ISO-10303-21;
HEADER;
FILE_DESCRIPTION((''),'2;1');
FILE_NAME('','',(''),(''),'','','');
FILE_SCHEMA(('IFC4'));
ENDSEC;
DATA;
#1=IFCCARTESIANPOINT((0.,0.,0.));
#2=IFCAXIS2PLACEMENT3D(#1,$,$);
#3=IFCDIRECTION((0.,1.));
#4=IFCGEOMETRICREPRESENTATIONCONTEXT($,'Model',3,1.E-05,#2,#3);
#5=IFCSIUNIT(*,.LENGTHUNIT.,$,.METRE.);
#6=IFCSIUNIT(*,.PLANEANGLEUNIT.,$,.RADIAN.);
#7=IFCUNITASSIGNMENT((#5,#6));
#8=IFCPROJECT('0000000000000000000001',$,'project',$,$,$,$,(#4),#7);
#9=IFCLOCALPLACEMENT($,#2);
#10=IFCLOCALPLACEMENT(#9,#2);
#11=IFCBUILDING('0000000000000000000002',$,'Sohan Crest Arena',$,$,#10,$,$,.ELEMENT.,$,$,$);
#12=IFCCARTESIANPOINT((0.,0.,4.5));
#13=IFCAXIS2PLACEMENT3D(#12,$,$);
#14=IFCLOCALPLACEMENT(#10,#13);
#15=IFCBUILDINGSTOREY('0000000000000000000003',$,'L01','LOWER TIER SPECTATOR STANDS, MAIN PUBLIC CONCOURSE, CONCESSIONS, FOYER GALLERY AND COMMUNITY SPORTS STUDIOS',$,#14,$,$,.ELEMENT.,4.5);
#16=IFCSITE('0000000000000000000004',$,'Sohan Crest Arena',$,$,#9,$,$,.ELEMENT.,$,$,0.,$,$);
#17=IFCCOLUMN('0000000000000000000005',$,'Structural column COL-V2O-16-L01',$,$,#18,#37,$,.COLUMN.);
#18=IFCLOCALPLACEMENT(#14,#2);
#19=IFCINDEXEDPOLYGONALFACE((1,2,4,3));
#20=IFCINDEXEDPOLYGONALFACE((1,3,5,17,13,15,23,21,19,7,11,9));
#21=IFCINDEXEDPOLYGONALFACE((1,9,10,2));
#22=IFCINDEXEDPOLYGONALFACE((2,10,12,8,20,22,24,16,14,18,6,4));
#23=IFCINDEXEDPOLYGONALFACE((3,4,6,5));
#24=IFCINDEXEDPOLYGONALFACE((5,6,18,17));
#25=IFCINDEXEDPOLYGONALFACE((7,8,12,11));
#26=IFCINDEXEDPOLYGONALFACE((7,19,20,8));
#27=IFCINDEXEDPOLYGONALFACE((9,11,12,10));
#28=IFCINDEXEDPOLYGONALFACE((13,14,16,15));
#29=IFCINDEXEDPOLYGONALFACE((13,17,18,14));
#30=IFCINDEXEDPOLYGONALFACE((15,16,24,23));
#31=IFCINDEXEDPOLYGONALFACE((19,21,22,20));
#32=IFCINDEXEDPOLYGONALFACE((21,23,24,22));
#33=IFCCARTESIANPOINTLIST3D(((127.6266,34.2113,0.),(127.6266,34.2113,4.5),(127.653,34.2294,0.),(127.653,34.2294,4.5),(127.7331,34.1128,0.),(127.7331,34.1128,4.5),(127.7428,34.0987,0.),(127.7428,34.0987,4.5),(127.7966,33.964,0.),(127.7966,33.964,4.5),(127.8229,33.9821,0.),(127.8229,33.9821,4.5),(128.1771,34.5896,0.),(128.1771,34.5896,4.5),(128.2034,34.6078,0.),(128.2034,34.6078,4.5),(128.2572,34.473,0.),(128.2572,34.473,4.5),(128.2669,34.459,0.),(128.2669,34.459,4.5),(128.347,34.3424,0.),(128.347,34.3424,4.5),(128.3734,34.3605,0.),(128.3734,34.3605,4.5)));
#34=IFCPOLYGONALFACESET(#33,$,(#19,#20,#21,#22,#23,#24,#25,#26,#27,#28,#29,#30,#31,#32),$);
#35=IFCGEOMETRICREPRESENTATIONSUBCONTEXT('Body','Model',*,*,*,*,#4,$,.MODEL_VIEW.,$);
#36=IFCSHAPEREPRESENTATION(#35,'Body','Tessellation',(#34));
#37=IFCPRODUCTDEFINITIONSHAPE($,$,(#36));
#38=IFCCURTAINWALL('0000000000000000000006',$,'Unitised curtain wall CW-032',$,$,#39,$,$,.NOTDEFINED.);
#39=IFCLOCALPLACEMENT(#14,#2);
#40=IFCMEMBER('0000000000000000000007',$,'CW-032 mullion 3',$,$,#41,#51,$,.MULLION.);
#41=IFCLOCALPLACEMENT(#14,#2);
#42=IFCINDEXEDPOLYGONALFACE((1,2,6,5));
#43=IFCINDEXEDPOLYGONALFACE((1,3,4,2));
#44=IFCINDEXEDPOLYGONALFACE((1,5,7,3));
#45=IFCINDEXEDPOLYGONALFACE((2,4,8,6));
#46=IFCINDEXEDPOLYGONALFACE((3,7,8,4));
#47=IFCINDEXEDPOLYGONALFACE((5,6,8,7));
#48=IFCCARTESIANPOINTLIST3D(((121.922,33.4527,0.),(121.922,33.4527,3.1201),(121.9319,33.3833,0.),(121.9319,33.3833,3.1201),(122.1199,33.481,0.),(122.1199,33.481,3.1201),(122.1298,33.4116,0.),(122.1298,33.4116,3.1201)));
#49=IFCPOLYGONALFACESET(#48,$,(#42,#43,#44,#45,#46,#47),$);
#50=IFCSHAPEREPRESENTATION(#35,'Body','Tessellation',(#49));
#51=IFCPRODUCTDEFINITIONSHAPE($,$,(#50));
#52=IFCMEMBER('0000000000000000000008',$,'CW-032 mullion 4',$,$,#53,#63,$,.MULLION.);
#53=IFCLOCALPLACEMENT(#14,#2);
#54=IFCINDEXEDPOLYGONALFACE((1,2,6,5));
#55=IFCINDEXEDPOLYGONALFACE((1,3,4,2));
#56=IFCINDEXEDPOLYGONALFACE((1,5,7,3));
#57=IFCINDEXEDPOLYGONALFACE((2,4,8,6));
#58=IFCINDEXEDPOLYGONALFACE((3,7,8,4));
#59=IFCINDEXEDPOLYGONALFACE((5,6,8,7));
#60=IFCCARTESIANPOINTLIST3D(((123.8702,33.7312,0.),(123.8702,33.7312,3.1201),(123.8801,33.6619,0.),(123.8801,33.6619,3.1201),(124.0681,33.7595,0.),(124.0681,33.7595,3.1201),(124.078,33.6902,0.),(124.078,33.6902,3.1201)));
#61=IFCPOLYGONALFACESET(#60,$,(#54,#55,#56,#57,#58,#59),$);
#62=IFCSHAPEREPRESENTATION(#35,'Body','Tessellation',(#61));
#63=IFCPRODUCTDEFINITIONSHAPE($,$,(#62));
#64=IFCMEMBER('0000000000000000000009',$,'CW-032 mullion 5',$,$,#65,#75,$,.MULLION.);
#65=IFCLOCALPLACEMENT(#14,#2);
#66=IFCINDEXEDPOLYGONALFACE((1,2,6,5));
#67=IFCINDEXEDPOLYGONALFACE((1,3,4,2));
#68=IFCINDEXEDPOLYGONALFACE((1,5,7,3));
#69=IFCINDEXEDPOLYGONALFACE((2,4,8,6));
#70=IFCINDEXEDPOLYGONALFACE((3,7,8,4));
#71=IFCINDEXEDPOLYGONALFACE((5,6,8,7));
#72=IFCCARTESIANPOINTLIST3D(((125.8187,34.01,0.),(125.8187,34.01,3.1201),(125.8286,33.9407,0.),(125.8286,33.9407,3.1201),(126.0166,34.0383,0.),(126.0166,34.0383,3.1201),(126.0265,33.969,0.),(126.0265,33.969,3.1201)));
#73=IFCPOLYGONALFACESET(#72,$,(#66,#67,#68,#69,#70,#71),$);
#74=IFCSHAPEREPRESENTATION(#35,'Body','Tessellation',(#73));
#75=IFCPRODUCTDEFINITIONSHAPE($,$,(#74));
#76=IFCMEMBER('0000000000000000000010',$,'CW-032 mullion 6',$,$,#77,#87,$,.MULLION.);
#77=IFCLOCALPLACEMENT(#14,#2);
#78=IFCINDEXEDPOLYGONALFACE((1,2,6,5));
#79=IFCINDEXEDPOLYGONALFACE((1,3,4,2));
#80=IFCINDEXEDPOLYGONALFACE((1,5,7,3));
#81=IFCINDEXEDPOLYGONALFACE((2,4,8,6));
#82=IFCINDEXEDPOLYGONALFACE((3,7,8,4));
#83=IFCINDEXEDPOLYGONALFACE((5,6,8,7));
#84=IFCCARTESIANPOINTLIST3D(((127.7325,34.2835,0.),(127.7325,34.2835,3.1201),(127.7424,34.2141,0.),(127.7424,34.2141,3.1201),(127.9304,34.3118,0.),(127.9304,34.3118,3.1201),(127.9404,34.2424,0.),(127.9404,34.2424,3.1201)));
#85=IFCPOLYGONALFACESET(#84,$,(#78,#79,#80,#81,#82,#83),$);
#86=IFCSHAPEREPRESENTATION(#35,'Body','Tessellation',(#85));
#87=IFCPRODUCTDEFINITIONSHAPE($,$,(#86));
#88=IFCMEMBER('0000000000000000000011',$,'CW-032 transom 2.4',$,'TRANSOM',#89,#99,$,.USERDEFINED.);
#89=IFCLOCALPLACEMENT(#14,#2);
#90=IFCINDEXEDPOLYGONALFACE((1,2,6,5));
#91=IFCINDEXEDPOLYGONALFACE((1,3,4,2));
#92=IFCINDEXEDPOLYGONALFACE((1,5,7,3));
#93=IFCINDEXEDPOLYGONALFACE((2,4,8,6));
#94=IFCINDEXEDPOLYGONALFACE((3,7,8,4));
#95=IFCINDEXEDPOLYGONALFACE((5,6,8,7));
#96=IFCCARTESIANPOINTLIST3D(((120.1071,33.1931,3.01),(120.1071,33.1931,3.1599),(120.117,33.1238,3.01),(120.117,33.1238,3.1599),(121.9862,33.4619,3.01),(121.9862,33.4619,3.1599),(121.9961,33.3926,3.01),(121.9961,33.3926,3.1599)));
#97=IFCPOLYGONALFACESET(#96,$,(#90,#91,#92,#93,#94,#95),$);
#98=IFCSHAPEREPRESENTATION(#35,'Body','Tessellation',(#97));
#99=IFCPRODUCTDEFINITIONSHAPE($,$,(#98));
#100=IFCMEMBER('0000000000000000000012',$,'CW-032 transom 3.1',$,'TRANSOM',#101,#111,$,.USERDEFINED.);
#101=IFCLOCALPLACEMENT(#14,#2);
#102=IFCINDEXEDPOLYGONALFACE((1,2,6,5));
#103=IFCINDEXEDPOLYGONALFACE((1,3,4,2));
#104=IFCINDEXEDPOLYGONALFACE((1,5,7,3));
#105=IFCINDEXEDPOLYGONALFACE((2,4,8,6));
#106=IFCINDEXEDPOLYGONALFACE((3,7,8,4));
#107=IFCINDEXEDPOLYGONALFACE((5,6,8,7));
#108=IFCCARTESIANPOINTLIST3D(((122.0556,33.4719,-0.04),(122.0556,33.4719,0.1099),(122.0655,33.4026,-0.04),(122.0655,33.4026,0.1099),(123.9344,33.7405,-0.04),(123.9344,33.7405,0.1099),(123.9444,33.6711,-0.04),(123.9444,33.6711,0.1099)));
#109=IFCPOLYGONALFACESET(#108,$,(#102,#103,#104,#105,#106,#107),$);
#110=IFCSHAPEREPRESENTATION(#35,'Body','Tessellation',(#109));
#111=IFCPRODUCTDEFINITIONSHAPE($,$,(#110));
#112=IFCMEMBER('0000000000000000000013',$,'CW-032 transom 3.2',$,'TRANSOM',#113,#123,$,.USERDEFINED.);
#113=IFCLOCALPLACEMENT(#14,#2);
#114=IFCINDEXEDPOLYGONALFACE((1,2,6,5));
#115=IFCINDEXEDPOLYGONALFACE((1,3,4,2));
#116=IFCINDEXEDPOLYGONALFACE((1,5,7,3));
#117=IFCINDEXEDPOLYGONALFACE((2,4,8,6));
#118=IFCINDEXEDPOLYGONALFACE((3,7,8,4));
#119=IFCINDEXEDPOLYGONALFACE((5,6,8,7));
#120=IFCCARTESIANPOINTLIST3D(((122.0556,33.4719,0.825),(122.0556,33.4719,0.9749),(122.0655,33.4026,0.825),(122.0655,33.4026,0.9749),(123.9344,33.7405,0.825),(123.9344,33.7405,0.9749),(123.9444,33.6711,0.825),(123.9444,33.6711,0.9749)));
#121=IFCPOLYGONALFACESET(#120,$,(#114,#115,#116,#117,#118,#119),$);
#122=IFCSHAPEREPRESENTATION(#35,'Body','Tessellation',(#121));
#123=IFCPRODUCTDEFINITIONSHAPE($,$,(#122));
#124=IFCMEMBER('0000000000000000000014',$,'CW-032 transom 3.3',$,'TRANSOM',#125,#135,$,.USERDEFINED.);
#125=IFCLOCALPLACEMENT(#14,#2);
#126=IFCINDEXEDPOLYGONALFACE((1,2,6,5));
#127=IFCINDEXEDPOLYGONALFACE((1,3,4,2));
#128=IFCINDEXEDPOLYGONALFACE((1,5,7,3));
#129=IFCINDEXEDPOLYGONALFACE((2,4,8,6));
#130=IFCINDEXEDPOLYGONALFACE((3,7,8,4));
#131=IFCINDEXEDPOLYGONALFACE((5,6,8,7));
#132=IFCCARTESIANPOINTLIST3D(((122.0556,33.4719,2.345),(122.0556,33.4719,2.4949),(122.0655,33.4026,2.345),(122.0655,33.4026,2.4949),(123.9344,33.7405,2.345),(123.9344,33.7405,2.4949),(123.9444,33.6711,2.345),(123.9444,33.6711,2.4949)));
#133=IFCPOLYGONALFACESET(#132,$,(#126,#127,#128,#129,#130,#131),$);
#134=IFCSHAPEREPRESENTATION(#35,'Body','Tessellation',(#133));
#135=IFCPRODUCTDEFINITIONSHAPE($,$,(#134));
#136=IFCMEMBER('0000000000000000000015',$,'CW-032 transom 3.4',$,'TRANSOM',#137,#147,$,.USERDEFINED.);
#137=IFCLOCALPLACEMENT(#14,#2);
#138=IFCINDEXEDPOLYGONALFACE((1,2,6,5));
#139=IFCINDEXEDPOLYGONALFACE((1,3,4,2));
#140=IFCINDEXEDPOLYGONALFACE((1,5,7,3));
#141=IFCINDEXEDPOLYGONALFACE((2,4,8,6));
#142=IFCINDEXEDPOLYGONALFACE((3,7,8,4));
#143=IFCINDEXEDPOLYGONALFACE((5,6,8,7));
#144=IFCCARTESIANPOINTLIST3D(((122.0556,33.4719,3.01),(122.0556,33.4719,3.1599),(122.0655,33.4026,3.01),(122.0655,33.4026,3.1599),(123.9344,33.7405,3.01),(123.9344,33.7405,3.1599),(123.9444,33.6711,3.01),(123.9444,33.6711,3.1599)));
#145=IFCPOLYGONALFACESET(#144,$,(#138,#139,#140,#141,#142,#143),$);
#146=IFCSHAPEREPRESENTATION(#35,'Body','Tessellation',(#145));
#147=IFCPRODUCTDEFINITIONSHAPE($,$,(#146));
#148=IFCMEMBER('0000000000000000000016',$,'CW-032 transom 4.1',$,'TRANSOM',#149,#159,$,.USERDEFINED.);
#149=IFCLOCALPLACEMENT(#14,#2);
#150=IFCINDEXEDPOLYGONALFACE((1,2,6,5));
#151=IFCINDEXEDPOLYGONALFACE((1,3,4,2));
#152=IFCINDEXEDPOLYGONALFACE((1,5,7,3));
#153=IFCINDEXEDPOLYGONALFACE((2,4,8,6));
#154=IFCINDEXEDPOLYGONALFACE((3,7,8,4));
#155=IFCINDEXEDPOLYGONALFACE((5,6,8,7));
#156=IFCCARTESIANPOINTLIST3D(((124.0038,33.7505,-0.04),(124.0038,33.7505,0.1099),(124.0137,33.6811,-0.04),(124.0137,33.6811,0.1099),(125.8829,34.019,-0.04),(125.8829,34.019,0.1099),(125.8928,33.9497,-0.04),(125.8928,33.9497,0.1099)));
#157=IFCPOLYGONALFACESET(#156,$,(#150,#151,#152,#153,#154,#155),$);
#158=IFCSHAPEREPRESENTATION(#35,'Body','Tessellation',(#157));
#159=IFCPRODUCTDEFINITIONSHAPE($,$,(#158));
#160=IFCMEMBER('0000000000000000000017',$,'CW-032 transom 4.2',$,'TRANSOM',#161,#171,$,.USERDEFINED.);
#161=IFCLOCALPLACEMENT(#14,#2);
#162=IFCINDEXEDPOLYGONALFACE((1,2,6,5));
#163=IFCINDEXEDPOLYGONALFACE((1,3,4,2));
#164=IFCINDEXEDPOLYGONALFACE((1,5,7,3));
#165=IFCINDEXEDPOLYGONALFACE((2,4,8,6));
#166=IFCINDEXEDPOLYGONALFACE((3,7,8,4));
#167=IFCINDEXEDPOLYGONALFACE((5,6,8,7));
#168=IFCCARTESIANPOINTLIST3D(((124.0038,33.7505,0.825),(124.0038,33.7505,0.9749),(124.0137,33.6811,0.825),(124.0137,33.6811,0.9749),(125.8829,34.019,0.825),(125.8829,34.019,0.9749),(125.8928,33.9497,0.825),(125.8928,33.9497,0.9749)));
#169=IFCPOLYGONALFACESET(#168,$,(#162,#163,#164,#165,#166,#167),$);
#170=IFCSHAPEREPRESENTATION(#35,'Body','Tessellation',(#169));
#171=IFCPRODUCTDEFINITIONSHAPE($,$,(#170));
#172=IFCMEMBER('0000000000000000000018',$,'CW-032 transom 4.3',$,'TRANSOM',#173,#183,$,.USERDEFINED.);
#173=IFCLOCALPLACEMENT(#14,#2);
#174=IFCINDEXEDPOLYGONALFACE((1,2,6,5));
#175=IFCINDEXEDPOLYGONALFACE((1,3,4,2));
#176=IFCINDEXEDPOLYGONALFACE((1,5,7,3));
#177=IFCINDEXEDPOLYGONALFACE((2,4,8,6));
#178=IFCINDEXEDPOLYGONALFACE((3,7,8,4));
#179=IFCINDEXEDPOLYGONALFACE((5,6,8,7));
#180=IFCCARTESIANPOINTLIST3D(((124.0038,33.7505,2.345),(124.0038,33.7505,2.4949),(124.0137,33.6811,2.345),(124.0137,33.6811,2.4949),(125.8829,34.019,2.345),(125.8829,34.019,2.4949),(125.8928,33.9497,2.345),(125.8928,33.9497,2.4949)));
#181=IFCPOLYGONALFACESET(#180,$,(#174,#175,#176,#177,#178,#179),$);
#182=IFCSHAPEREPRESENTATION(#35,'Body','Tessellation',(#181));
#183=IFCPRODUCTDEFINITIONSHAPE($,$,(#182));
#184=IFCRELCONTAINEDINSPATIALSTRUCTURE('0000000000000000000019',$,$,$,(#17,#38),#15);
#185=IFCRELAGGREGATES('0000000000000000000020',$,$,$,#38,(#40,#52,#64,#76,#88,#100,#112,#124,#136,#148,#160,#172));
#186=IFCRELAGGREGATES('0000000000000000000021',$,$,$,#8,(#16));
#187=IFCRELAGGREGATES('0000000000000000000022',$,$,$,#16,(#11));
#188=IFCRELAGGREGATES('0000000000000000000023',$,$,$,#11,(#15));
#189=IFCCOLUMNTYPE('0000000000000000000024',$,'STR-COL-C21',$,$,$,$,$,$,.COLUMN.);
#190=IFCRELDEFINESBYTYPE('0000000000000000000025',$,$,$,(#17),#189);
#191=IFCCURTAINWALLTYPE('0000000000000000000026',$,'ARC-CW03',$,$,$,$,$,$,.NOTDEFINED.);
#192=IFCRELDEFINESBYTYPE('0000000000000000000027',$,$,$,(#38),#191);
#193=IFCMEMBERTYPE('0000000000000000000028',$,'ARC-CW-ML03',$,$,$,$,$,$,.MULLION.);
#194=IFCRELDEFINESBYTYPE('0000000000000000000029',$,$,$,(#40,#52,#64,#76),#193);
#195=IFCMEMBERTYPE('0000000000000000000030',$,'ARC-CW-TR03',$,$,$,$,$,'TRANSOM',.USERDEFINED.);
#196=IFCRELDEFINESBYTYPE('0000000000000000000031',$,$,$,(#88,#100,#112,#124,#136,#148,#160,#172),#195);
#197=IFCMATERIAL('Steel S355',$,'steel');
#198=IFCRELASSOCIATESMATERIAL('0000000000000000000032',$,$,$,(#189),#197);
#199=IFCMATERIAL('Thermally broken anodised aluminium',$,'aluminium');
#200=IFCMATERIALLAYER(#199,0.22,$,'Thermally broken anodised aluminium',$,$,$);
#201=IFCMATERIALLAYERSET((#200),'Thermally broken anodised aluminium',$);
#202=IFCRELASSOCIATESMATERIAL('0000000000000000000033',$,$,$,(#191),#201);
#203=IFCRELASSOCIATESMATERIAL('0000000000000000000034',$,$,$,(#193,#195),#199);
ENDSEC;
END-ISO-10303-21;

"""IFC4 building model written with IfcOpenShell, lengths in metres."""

from ifc_helpers import new_model, si_unit, direction, frame, origin, origin_2d, place, context, subcontext, project, spatial, rectangle, i_section, extrude, material, layer, layer_set, material_profile, profile_set, type_object, element, aggregate, save


model = new_model("IFC4")

# Units and contexts
model_context = context("Model", 3, precision=1e-05, world=origin(), true_north=direction((0.0, 1.0)))
body_context = subcontext(model_context, "Body", "Model", "MODEL_VIEW")
ifc_project = project(units=[si_unit("LENGTHUNIT", "METRE"), si_unit("PLANEANGLEUNIT", "RADIAN")], contexts=[model_context])

# Site, building, storey
site_placement = place(None, origin())
site = spatial("IfcSite", under=ifc_project, at=site_placement, Name="Sohan Crest Arena", CompositionType="ELEMENT", RefElevation=0.0)
building_placement = place(site_placement, origin())
building = spatial("IfcBuilding", under=site, at=building_placement, Name="Sohan Crest Arena", CompositionType="ELEMENT")
storey_placement = place(building_placement, frame((0.0, 0.0, 4.5)))
storey = spatial("IfcBuildingStorey", under=building, at=storey_placement, Name="L01", Description="LOWER TIER SPECTATOR STANDS, MAIN PUBLIC CONCOURSE, CONCESSIONS, FOYER GALLERY AND COMMUNITY SPORTS STUDIOS", CompositionType="ELEMENT", Elevation=4.5)

# Column
ifc_material_1 = material(Name="Steel S355", Category="steel")
ifc_material_profile_1 = material_profile(ifc_material_1, i_section(OverallWidth=0.3, OverallDepth=0.7, WebThickness=0.0171, FlangeThickness=0.032, at=origin_2d()), Name="HEB 700")
ifc_profile_set_1 = profile_set([ifc_material_profile_1], Name="Steel S355")
column_type = type_object("IfcColumnType", Name="STR-COL-C21", PredefinedType="COLUMN", material=ifc_profile_set_1)
column_placement = place(storey_placement, frame((128.0, 34.2859, 0.0), z_axis=(0.0, 0.0, 1.0), x_axis=(-0.566406, 0.824126, 0.0)))
element("IfcColumn", 1, at=column_placement, inside=storey, type_object=column_type, Name="Structural column COL-V2O-16-L01", PredefinedType="COLUMN", context=body_context, shape_type="SweptSolid", body=[
    extrude(i_section(OverallWidth=0.3, OverallDepth=0.7, WebThickness=0.0171, FlangeThickness=0.032, at=origin_2d()), origin(), (0.0, 0.0, 1.0), 4.5),
])

# Curtain wall, members
ifc_material_2 = material(Name="Thermally broken anodised aluminium", Category="aluminium")
ifc_layer_1 = layer(ifc_material_2, 0.22, Name="Thermally broken anodised aluminium")
ifc_layer_set_1 = layer_set([ifc_layer_1], Name="Thermally broken anodised aluminium")
curtain_wall_type = type_object("IfcCurtainWallType", Name="ARC-CW03", PredefinedType="NOTDEFINED", material=ifc_layer_set_1)
curtain_wall_placement = place(storey_placement, origin())
curtain_wall = element("IfcCurtainWall", 2, at=curtain_wall_placement, inside=storey, type_object=curtain_wall_type, Name="Unitised curtain wall CW-032", PredefinedType="NOTDEFINED")
ifc_material_profile_2 = material_profile(ifc_material_2, rectangle(XDim=0.0701, YDim=0.2, at=origin_2d()), Name="ALU-MULL 70x200")
ifc_profile_set_2 = profile_set([ifc_material_profile_2], Name="Thermally broken anodised aluminium")
member_type_1 = type_object("IfcMemberType", Name="ARC-CW-ML03", PredefinedType="MULLION", material=ifc_profile_set_2)
member_1_placement = place(storey_placement, frame((122.0259, 33.4321, 0.0), z_axis=(0.0, 0.0, 1.0), x_axis=(-0.141549, 0.989931, 0.0)))
member_1 = element("IfcMember", 3, at=member_1_placement, type_object=member_type_1, Name="CW-032 mullion 3", PredefinedType="MULLION", context=body_context, shape_type="SweptSolid", body=[
    extrude(rectangle(XDim=0.0701, YDim=0.2, at=origin_2d()), origin(), (0.0, 0.0, 1.0), 3.1201),
])
member_2_placement = place(storey_placement, frame((123.9741, 33.7107, 0.0), z_axis=(0.0, 0.0, 1.0), x_axis=(-0.141549, 0.989931, 0.0)))
member_2 = element("IfcMember", 4, at=member_2_placement, type_object=member_type_1, Name="CW-032 mullion 4", PredefinedType="MULLION", context=body_context, shape_type="SweptSolid", body=[
    extrude(rectangle(XDim=0.0701, YDim=0.2, at=origin_2d()), origin(), (0.0, 0.0, 1.0), 3.1201),
])
member_3_placement = place(storey_placement, frame((125.9226, 33.9895, 0.0), z_axis=(0.0, 0.0, 1.0), x_axis=(-0.141549, 0.989931, 0.0)))
member_3 = element("IfcMember", 5, at=member_3_placement, type_object=member_type_1, Name="CW-032 mullion 5", PredefinedType="MULLION", context=body_context, shape_type="SweptSolid", body=[
    extrude(rectangle(XDim=0.0701, YDim=0.2, at=origin_2d()), origin(), (0.0, 0.0, 1.0), 3.1201),
])
member_4_placement = place(storey_placement, frame((127.8364, 34.2629, 0.0), z_axis=(0.0, 0.0, 1.0), x_axis=(-0.141549, 0.989931, 0.0)))
member_4 = element("IfcMember", 6, at=member_4_placement, type_object=member_type_1, Name="CW-032 mullion 6", PredefinedType="MULLION", context=body_context, shape_type="SweptSolid", body=[
    extrude(rectangle(XDim=0.0701, YDim=0.2, at=origin_2d()), origin(), (0.0, 0.0, 1.0), 3.1201),
])
ifc_material_profile_3 = material_profile(ifc_material_2, rectangle(XDim=0.0701, YDim=0.1499, at=origin_2d()), Name="ALU-TRAN 70x150")
ifc_profile_set_3 = profile_set([ifc_material_profile_3], Name="Thermally broken anodised aluminium")
member_type_2 = type_object("IfcMemberType", Name="ARC-CW-TR03", ElementType="TRANSOM", PredefinedType="USERDEFINED", material=ifc_profile_set_3)
member_5_placement = place(storey_placement, frame((120.1121, 33.1584, 3.085), z_axis=(0.989924, 0.141601, 0.0), x_axis=(-0.141601, 0.989924, 0.0)))
member_5 = element("IfcMember", 7, at=member_5_placement, type_object=member_type_2, Name="CW-032 transom 2.4", ObjectType="TRANSOM", PredefinedType="USERDEFINED", context=body_context, shape_type="SweptSolid", body=[
    extrude(rectangle(XDim=0.0701, YDim=0.1499, at=origin_2d()), origin(), (0.0, 0.0, 1.0), 1.8982),
])
member_6_placement = place(storey_placement, frame((122.0605, 33.4373, 0.0349), z_axis=(0.989939, 0.141493, 0.0), x_axis=(-0.141493, 0.989939, 0.0)))
member_6 = element("IfcMember", 8, at=member_6_placement, type_object=member_type_2, Name="CW-032 transom 3.1", ObjectType="TRANSOM", PredefinedType="USERDEFINED", context=body_context, shape_type="SweptSolid", body=[
    extrude(rectangle(XDim=0.0701, YDim=0.1499, at=origin_2d()), origin(), (0.0, 0.0, 1.0), 1.8979),
])
member_7_placement = place(storey_placement, frame((122.0605, 33.4373, 0.8999), z_axis=(0.989939, 0.141493, 0.0), x_axis=(-0.141493, 0.989939, 0.0)))
member_7 = element("IfcMember", 9, at=member_7_placement, type_object=member_type_2, Name="CW-032 transom 3.2", ObjectType="TRANSOM", PredefinedType="USERDEFINED", context=body_context, shape_type="SweptSolid", body=[
    extrude(rectangle(XDim=0.0701, YDim=0.1499, at=origin_2d()), origin(), (0.0, 0.0, 1.0), 1.8979),
])
member_8_placement = place(storey_placement, frame((122.0605, 33.4373, 2.4199), z_axis=(0.989939, 0.141493, 0.0), x_axis=(-0.141493, 0.989939, 0.0)))
member_8 = element("IfcMember", 10, at=member_8_placement, type_object=member_type_2, Name="CW-032 transom 3.3", ObjectType="TRANSOM", PredefinedType="USERDEFINED", context=body_context, shape_type="SweptSolid", body=[
    extrude(rectangle(XDim=0.0701, YDim=0.1499, at=origin_2d()), origin(), (0.0, 0.0, 1.0), 1.8979),
])
member_9_placement = place(storey_placement, frame((122.0605, 33.4373, 3.085), z_axis=(0.989939, 0.141493, 0.0), x_axis=(-0.141493, 0.989939, 0.0)))
member_9 = element("IfcMember", 11, at=member_9_placement, type_object=member_type_2, Name="CW-032 transom 3.4", ObjectType="TRANSOM", PredefinedType="USERDEFINED", context=body_context, shape_type="SweptSolid", body=[
    extrude(rectangle(XDim=0.0701, YDim=0.1499, at=origin_2d()), origin(), (0.0, 0.0, 1.0), 1.8979),
])
member_10_placement = place(storey_placement, frame((124.0088, 33.7158, 0.0349), z_axis=(0.989942, 0.141475, 0.0), x_axis=(-0.141475, 0.989942, 0.0)))
member_10 = element("IfcMember", 12, at=member_10_placement, type_object=member_type_2, Name="CW-032 transom 4.1", ObjectType="TRANSOM", PredefinedType="USERDEFINED", context=body_context, shape_type="SweptSolid", body=[
    extrude(rectangle(XDim=0.0701, YDim=0.1499, at=origin_2d()), origin(), (0.0, 0.0, 1.0), 1.8982),
])
member_11_placement = place(storey_placement, frame((124.0088, 33.7158, 0.8999), z_axis=(0.989942, 0.141475, 0.0), x_axis=(-0.141475, 0.989942, 0.0)))
member_11 = element("IfcMember", 13, at=member_11_placement, type_object=member_type_2, Name="CW-032 transom 4.2", ObjectType="TRANSOM", PredefinedType="USERDEFINED", context=body_context, shape_type="SweptSolid", body=[
    extrude(rectangle(XDim=0.0701, YDim=0.1499, at=origin_2d()), origin(), (0.0, 0.0, 1.0), 1.8982),
])
member_12_placement = place(storey_placement, frame((124.0088, 33.7158, 2.4199), z_axis=(0.989942, 0.141475, 0.0), x_axis=(-0.141475, 0.989942, 0.0)))
member_12 = element("IfcMember", 14, at=member_12_placement, type_object=member_type_2, Name="CW-032 transom 4.3", ObjectType="TRANSOM", PredefinedType="USERDEFINED", context=body_context, shape_type="SweptSolid", body=[
    extrude(rectangle(XDim=0.0701, YDim=0.1499, at=origin_2d()), origin(), (0.0, 0.0, 1.0), 1.8982),
])

aggregate(curtain_wall, [member_1, member_2, member_3, member_4, member_5, member_6, member_7, member_8, member_9, member_10, member_11, member_12])

save(model, "model.ifc")
